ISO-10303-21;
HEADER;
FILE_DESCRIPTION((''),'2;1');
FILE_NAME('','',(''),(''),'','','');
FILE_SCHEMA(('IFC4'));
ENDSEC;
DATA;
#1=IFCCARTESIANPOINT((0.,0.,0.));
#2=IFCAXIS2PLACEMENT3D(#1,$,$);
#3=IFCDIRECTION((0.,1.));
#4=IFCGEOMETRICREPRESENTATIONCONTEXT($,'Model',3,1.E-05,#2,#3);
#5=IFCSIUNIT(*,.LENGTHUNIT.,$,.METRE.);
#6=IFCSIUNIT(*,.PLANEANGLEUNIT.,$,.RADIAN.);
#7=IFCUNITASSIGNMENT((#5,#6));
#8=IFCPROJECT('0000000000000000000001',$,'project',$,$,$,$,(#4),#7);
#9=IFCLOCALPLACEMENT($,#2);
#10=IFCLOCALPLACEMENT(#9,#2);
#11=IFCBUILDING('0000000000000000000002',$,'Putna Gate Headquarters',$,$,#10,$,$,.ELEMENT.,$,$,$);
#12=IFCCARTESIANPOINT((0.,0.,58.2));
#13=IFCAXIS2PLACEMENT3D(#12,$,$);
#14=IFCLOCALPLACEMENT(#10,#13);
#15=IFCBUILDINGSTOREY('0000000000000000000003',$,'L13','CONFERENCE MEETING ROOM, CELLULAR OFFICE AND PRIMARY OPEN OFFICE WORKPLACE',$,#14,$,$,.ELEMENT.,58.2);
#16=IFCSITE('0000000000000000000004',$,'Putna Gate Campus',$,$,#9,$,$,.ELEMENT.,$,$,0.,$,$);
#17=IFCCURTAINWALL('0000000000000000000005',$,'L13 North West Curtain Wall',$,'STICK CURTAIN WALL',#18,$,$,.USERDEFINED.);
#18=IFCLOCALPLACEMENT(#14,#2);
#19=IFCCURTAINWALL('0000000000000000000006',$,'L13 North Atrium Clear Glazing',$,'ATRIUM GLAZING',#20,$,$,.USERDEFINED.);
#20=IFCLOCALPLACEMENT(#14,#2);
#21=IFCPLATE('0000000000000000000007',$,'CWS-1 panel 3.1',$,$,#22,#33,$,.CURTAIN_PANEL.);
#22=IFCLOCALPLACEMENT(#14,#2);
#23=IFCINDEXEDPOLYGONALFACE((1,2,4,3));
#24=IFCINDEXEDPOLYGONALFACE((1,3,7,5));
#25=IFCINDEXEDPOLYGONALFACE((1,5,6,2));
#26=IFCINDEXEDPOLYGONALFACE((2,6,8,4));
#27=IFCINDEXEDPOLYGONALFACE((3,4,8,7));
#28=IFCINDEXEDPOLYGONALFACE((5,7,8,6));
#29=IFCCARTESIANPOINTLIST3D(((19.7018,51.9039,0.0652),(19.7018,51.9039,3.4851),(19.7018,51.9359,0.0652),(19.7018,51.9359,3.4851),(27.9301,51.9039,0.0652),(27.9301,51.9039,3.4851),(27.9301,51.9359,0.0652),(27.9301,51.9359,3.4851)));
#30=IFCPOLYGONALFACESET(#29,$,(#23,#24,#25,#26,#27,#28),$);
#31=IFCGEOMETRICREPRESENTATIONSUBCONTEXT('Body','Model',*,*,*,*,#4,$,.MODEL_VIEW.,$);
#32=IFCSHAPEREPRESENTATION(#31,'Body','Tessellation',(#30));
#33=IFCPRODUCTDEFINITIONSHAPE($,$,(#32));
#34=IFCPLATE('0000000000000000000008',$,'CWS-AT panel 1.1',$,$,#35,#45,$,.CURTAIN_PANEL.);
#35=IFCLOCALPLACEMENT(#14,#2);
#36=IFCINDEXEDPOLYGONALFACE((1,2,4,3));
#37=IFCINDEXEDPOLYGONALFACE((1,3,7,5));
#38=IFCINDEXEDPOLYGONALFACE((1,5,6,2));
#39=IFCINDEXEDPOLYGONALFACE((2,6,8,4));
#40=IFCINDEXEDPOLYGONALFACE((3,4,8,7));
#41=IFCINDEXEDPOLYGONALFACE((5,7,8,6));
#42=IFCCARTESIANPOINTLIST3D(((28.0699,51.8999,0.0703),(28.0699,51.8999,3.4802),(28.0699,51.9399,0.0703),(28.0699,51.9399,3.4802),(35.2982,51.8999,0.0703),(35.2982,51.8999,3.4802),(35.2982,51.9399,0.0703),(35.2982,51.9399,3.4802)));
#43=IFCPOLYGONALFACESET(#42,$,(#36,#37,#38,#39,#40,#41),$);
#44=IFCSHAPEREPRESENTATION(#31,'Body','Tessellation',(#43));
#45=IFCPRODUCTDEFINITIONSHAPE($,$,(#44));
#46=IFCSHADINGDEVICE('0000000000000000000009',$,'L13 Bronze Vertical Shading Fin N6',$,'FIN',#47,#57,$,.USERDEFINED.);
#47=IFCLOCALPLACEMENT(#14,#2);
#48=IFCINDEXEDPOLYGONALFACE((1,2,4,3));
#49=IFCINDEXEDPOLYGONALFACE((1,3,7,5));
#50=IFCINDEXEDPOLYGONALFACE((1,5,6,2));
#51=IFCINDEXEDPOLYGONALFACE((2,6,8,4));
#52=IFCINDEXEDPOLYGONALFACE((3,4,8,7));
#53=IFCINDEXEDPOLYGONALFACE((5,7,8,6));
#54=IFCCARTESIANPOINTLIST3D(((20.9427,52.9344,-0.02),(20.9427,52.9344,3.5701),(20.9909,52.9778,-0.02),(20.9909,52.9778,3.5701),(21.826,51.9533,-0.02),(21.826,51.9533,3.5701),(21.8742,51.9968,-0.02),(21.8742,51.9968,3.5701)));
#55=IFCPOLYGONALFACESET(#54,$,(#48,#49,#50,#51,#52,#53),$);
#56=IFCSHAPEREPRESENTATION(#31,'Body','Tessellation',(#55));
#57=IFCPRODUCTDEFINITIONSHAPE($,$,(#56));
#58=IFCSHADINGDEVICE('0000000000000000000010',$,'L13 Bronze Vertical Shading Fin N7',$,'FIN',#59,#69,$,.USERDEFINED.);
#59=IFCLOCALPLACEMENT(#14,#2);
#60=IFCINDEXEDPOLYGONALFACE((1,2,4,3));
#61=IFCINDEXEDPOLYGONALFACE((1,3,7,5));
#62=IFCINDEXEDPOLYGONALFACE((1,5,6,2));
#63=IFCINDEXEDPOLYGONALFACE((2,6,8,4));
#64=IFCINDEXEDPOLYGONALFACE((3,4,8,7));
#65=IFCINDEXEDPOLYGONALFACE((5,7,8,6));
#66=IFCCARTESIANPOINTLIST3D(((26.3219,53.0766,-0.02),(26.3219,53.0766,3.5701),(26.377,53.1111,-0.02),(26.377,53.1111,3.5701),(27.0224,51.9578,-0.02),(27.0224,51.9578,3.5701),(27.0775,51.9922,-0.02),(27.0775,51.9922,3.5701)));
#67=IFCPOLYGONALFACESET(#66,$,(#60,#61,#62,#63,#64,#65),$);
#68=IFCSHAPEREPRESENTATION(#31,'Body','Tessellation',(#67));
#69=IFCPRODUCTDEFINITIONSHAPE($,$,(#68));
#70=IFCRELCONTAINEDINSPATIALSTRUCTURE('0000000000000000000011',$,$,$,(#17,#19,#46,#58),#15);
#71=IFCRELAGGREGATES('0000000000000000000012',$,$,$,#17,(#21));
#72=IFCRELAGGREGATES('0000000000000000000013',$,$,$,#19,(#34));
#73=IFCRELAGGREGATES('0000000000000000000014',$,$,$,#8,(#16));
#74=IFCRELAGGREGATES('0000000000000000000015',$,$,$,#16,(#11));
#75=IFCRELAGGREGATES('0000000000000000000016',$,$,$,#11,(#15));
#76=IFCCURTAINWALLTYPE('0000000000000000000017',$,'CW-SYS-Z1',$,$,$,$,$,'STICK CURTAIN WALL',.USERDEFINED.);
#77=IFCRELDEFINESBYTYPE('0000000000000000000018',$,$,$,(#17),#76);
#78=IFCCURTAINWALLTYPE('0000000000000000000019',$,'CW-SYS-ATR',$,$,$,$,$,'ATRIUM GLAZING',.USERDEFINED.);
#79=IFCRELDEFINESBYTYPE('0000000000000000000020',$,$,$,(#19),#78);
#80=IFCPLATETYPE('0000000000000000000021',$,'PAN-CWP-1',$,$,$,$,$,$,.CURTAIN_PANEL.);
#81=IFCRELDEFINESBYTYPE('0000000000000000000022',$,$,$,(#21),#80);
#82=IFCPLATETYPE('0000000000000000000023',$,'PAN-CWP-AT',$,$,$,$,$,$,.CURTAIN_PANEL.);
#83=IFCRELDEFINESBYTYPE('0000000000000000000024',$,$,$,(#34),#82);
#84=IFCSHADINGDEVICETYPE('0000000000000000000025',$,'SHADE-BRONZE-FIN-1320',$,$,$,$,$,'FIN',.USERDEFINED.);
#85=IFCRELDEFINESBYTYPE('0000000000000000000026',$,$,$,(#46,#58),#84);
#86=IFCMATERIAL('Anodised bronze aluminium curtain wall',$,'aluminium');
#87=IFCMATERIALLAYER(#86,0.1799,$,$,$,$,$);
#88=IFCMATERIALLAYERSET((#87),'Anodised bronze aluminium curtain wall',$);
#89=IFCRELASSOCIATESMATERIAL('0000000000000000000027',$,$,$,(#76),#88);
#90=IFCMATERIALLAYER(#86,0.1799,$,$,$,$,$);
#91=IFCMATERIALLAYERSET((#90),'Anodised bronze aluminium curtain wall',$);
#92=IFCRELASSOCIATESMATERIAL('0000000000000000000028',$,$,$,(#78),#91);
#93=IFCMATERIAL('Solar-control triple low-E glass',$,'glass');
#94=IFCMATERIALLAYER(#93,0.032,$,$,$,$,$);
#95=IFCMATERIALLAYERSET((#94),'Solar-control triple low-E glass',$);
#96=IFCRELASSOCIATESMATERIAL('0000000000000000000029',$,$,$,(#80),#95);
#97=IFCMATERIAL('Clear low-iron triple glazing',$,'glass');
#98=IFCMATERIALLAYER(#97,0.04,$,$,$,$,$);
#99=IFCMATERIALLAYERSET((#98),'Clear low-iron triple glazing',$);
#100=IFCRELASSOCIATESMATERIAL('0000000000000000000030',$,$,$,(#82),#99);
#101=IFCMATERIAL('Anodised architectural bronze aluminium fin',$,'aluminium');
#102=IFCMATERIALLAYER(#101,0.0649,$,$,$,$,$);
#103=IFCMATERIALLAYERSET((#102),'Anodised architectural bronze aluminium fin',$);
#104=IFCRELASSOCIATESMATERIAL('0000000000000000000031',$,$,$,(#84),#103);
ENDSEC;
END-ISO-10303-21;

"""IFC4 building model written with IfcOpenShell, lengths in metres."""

from ifc_helpers import new_model, si_unit, direction, frame, origin, origin_2d, place, context, subcontext, project, spatial, rectangle, extrude, material, layer, layer_set, type_object, element, aggregate, save


model = new_model("IFC4")

# Units and contexts
model_context = context("Model", 3, precision=1e-05, world=origin(), true_north=direction((0.0, 1.0)))
body_context = subcontext(model_context, "Body", "Model", "MODEL_VIEW")
ifc_project = project(units=[si_unit("LENGTHUNIT", "METRE"), si_unit("PLANEANGLEUNIT", "RADIAN")], contexts=[model_context])

# Site, building, storey
site_placement = place(None, origin())
site = spatial("IfcSite", under=ifc_project, at=site_placement, Name="Putna Gate Campus", CompositionType="ELEMENT", RefElevation=0.0)
building_placement = place(site_placement, origin())
building = spatial("IfcBuilding", under=site, at=building_placement, Name="Putna Gate Headquarters", CompositionType="ELEMENT")
storey_placement = place(building_placement, frame((0.0, 0.0, 58.2)))
storey = spatial("IfcBuildingStorey", under=building, at=storey_placement, Name="L13", Description="CONFERENCE MEETING ROOM, CELLULAR OFFICE AND PRIMARY OPEN OFFICE WORKPLACE", CompositionType="ELEMENT", Elevation=58.2)

# Curtain walls
ifc_material_1 = material(Name="Anodised bronze aluminium curtain wall", Category="aluminium")
ifc_layer_1 = layer(ifc_material_1, 0.1799)
ifc_layer_set_1 = layer_set([ifc_layer_1], Name="Anodised bronze aluminium curtain wall")
curtain_wall_type_1 = type_object("IfcCurtainWallType", Name="CW-SYS-Z1", ElementType="STICK CURTAIN WALL", PredefinedType="USERDEFINED", material=ifc_layer_set_1)
curtain_wall_1_placement = place(storey_placement, origin())
curtain_wall_1 = element("IfcCurtainWall", 1, at=curtain_wall_1_placement, inside=storey, type_object=curtain_wall_type_1, Name="L13 North West Curtain Wall", ObjectType="STICK CURTAIN WALL", PredefinedType="USERDEFINED")
ifc_layer_2 = layer(ifc_material_1, 0.1799)
ifc_layer_set_2 = layer_set([ifc_layer_2], Name="Anodised bronze aluminium curtain wall")
curtain_wall_type_2 = type_object("IfcCurtainWallType", Name="CW-SYS-ATR", ElementType="ATRIUM GLAZING", PredefinedType="USERDEFINED", material=ifc_layer_set_2)
curtain_wall_2_placement = place(storey_placement, origin())
curtain_wall_2 = element("IfcCurtainWall", 2, at=curtain_wall_2_placement, inside=storey, type_object=curtain_wall_type_2, Name="L13 North Atrium Clear Glazing", ObjectType="ATRIUM GLAZING", PredefinedType="USERDEFINED")

# Plates
ifc_material_2 = material(Name="Solar-control triple low-E glass", Category="glass")
ifc_layer_3 = layer(ifc_material_2, 0.032)
ifc_layer_set_3 = layer_set([ifc_layer_3], Name="Solar-control triple low-E glass")
plate_type_1 = type_object("IfcPlateType", Name="PAN-CWP-1", PredefinedType="CURTAIN_PANEL", material=ifc_layer_set_3)
plate_1_placement = place(storey_placement, frame((23.8159, 51.9199, 0.0652), z_axis=(0.0, 0.0, 1.0), x_axis=(1.0, 0.0, 0.0)))
plate_1 = element("IfcPlate", 3, at=plate_1_placement, type_object=plate_type_1, Name="CWS-1 panel 3.1", PredefinedType="CURTAIN_PANEL", context=body_context, shape_type="SweptSolid", body=[
    extrude(rectangle(XDim=8.2283, YDim=0.032, at=origin_2d()), origin(), (0.0, 0.0, 1.0), 3.4199),
])
aggregate(curtain_wall_1, [plate_1])
ifc_material_3 = material(Name="Clear low-iron triple glazing", Category="glass")
ifc_layer_4 = layer(ifc_material_3, 0.04)
ifc_layer_set_4 = layer_set([ifc_layer_4], Name="Clear low-iron triple glazing")
plate_type_2 = type_object("IfcPlateType", Name="PAN-CWP-AT", PredefinedType="CURTAIN_PANEL", material=ifc_layer_set_4)
plate_2_placement = place(storey_placement, frame((31.6841, 51.9199, 0.0703), z_axis=(0.0, 0.0, 1.0), x_axis=(1.0, 0.0, 0.0)))
plate_2 = element("IfcPlate", 4, at=plate_2_placement, type_object=plate_type_2, Name="CWS-AT panel 1.1", PredefinedType="CURTAIN_PANEL", context=body_context, shape_type="SweptSolid", body=[
    extrude(rectangle(XDim=7.2283, YDim=0.04, at=origin_2d()), origin(), (0.0, 0.0, 1.0), 3.4099),
])
aggregate(curtain_wall_2, [plate_2])

# Shading devices
ifc_material_4 = material(Name="Anodised architectural bronze aluminium fin", Category="aluminium")
ifc_layer_5 = layer(ifc_material_4, 0.0649)
ifc_layer_set_5 = layer_set([ifc_layer_5], Name="Anodised architectural bronze aluminium fin")
shading_device_type = type_object("IfcShadingDeviceType", Name="SHADE-BRONZE-FIN-1320", ElementType="FIN", PredefinedType="USERDEFINED", material=ifc_layer_set_5)
for number, where, z_axis, x_axis, name in (
    (5, (21.4084, 52.4656, -0.02), (0.0, 0.0, 1.0), (-0.669131, 0.743145, 0.0), "L13 Bronze Vertical Shading Fin N6"),
    (6, (26.6997, 52.5344, -0.02), (0.0, 0.0, 1.0), (-0.530659, 0.847585, 0.0), "L13 Bronze Vertical Shading Fin N7"),
):
    element("IfcShadingDevice", number, at=place(storey_placement, frame(where, z_axis=z_axis, x_axis=x_axis)), inside=storey, type_object=shading_device_type, Name=name, ObjectType="FIN", PredefinedType="USERDEFINED", context=body_context, shape_type="SweptSolid", body=[
        extrude(rectangle(XDim=1.3201, YDim=0.0649, at=origin_2d()), origin(), (0.0, 0.0, 1.0), 3.5901),
    ])

save(model, "model.ifc")
